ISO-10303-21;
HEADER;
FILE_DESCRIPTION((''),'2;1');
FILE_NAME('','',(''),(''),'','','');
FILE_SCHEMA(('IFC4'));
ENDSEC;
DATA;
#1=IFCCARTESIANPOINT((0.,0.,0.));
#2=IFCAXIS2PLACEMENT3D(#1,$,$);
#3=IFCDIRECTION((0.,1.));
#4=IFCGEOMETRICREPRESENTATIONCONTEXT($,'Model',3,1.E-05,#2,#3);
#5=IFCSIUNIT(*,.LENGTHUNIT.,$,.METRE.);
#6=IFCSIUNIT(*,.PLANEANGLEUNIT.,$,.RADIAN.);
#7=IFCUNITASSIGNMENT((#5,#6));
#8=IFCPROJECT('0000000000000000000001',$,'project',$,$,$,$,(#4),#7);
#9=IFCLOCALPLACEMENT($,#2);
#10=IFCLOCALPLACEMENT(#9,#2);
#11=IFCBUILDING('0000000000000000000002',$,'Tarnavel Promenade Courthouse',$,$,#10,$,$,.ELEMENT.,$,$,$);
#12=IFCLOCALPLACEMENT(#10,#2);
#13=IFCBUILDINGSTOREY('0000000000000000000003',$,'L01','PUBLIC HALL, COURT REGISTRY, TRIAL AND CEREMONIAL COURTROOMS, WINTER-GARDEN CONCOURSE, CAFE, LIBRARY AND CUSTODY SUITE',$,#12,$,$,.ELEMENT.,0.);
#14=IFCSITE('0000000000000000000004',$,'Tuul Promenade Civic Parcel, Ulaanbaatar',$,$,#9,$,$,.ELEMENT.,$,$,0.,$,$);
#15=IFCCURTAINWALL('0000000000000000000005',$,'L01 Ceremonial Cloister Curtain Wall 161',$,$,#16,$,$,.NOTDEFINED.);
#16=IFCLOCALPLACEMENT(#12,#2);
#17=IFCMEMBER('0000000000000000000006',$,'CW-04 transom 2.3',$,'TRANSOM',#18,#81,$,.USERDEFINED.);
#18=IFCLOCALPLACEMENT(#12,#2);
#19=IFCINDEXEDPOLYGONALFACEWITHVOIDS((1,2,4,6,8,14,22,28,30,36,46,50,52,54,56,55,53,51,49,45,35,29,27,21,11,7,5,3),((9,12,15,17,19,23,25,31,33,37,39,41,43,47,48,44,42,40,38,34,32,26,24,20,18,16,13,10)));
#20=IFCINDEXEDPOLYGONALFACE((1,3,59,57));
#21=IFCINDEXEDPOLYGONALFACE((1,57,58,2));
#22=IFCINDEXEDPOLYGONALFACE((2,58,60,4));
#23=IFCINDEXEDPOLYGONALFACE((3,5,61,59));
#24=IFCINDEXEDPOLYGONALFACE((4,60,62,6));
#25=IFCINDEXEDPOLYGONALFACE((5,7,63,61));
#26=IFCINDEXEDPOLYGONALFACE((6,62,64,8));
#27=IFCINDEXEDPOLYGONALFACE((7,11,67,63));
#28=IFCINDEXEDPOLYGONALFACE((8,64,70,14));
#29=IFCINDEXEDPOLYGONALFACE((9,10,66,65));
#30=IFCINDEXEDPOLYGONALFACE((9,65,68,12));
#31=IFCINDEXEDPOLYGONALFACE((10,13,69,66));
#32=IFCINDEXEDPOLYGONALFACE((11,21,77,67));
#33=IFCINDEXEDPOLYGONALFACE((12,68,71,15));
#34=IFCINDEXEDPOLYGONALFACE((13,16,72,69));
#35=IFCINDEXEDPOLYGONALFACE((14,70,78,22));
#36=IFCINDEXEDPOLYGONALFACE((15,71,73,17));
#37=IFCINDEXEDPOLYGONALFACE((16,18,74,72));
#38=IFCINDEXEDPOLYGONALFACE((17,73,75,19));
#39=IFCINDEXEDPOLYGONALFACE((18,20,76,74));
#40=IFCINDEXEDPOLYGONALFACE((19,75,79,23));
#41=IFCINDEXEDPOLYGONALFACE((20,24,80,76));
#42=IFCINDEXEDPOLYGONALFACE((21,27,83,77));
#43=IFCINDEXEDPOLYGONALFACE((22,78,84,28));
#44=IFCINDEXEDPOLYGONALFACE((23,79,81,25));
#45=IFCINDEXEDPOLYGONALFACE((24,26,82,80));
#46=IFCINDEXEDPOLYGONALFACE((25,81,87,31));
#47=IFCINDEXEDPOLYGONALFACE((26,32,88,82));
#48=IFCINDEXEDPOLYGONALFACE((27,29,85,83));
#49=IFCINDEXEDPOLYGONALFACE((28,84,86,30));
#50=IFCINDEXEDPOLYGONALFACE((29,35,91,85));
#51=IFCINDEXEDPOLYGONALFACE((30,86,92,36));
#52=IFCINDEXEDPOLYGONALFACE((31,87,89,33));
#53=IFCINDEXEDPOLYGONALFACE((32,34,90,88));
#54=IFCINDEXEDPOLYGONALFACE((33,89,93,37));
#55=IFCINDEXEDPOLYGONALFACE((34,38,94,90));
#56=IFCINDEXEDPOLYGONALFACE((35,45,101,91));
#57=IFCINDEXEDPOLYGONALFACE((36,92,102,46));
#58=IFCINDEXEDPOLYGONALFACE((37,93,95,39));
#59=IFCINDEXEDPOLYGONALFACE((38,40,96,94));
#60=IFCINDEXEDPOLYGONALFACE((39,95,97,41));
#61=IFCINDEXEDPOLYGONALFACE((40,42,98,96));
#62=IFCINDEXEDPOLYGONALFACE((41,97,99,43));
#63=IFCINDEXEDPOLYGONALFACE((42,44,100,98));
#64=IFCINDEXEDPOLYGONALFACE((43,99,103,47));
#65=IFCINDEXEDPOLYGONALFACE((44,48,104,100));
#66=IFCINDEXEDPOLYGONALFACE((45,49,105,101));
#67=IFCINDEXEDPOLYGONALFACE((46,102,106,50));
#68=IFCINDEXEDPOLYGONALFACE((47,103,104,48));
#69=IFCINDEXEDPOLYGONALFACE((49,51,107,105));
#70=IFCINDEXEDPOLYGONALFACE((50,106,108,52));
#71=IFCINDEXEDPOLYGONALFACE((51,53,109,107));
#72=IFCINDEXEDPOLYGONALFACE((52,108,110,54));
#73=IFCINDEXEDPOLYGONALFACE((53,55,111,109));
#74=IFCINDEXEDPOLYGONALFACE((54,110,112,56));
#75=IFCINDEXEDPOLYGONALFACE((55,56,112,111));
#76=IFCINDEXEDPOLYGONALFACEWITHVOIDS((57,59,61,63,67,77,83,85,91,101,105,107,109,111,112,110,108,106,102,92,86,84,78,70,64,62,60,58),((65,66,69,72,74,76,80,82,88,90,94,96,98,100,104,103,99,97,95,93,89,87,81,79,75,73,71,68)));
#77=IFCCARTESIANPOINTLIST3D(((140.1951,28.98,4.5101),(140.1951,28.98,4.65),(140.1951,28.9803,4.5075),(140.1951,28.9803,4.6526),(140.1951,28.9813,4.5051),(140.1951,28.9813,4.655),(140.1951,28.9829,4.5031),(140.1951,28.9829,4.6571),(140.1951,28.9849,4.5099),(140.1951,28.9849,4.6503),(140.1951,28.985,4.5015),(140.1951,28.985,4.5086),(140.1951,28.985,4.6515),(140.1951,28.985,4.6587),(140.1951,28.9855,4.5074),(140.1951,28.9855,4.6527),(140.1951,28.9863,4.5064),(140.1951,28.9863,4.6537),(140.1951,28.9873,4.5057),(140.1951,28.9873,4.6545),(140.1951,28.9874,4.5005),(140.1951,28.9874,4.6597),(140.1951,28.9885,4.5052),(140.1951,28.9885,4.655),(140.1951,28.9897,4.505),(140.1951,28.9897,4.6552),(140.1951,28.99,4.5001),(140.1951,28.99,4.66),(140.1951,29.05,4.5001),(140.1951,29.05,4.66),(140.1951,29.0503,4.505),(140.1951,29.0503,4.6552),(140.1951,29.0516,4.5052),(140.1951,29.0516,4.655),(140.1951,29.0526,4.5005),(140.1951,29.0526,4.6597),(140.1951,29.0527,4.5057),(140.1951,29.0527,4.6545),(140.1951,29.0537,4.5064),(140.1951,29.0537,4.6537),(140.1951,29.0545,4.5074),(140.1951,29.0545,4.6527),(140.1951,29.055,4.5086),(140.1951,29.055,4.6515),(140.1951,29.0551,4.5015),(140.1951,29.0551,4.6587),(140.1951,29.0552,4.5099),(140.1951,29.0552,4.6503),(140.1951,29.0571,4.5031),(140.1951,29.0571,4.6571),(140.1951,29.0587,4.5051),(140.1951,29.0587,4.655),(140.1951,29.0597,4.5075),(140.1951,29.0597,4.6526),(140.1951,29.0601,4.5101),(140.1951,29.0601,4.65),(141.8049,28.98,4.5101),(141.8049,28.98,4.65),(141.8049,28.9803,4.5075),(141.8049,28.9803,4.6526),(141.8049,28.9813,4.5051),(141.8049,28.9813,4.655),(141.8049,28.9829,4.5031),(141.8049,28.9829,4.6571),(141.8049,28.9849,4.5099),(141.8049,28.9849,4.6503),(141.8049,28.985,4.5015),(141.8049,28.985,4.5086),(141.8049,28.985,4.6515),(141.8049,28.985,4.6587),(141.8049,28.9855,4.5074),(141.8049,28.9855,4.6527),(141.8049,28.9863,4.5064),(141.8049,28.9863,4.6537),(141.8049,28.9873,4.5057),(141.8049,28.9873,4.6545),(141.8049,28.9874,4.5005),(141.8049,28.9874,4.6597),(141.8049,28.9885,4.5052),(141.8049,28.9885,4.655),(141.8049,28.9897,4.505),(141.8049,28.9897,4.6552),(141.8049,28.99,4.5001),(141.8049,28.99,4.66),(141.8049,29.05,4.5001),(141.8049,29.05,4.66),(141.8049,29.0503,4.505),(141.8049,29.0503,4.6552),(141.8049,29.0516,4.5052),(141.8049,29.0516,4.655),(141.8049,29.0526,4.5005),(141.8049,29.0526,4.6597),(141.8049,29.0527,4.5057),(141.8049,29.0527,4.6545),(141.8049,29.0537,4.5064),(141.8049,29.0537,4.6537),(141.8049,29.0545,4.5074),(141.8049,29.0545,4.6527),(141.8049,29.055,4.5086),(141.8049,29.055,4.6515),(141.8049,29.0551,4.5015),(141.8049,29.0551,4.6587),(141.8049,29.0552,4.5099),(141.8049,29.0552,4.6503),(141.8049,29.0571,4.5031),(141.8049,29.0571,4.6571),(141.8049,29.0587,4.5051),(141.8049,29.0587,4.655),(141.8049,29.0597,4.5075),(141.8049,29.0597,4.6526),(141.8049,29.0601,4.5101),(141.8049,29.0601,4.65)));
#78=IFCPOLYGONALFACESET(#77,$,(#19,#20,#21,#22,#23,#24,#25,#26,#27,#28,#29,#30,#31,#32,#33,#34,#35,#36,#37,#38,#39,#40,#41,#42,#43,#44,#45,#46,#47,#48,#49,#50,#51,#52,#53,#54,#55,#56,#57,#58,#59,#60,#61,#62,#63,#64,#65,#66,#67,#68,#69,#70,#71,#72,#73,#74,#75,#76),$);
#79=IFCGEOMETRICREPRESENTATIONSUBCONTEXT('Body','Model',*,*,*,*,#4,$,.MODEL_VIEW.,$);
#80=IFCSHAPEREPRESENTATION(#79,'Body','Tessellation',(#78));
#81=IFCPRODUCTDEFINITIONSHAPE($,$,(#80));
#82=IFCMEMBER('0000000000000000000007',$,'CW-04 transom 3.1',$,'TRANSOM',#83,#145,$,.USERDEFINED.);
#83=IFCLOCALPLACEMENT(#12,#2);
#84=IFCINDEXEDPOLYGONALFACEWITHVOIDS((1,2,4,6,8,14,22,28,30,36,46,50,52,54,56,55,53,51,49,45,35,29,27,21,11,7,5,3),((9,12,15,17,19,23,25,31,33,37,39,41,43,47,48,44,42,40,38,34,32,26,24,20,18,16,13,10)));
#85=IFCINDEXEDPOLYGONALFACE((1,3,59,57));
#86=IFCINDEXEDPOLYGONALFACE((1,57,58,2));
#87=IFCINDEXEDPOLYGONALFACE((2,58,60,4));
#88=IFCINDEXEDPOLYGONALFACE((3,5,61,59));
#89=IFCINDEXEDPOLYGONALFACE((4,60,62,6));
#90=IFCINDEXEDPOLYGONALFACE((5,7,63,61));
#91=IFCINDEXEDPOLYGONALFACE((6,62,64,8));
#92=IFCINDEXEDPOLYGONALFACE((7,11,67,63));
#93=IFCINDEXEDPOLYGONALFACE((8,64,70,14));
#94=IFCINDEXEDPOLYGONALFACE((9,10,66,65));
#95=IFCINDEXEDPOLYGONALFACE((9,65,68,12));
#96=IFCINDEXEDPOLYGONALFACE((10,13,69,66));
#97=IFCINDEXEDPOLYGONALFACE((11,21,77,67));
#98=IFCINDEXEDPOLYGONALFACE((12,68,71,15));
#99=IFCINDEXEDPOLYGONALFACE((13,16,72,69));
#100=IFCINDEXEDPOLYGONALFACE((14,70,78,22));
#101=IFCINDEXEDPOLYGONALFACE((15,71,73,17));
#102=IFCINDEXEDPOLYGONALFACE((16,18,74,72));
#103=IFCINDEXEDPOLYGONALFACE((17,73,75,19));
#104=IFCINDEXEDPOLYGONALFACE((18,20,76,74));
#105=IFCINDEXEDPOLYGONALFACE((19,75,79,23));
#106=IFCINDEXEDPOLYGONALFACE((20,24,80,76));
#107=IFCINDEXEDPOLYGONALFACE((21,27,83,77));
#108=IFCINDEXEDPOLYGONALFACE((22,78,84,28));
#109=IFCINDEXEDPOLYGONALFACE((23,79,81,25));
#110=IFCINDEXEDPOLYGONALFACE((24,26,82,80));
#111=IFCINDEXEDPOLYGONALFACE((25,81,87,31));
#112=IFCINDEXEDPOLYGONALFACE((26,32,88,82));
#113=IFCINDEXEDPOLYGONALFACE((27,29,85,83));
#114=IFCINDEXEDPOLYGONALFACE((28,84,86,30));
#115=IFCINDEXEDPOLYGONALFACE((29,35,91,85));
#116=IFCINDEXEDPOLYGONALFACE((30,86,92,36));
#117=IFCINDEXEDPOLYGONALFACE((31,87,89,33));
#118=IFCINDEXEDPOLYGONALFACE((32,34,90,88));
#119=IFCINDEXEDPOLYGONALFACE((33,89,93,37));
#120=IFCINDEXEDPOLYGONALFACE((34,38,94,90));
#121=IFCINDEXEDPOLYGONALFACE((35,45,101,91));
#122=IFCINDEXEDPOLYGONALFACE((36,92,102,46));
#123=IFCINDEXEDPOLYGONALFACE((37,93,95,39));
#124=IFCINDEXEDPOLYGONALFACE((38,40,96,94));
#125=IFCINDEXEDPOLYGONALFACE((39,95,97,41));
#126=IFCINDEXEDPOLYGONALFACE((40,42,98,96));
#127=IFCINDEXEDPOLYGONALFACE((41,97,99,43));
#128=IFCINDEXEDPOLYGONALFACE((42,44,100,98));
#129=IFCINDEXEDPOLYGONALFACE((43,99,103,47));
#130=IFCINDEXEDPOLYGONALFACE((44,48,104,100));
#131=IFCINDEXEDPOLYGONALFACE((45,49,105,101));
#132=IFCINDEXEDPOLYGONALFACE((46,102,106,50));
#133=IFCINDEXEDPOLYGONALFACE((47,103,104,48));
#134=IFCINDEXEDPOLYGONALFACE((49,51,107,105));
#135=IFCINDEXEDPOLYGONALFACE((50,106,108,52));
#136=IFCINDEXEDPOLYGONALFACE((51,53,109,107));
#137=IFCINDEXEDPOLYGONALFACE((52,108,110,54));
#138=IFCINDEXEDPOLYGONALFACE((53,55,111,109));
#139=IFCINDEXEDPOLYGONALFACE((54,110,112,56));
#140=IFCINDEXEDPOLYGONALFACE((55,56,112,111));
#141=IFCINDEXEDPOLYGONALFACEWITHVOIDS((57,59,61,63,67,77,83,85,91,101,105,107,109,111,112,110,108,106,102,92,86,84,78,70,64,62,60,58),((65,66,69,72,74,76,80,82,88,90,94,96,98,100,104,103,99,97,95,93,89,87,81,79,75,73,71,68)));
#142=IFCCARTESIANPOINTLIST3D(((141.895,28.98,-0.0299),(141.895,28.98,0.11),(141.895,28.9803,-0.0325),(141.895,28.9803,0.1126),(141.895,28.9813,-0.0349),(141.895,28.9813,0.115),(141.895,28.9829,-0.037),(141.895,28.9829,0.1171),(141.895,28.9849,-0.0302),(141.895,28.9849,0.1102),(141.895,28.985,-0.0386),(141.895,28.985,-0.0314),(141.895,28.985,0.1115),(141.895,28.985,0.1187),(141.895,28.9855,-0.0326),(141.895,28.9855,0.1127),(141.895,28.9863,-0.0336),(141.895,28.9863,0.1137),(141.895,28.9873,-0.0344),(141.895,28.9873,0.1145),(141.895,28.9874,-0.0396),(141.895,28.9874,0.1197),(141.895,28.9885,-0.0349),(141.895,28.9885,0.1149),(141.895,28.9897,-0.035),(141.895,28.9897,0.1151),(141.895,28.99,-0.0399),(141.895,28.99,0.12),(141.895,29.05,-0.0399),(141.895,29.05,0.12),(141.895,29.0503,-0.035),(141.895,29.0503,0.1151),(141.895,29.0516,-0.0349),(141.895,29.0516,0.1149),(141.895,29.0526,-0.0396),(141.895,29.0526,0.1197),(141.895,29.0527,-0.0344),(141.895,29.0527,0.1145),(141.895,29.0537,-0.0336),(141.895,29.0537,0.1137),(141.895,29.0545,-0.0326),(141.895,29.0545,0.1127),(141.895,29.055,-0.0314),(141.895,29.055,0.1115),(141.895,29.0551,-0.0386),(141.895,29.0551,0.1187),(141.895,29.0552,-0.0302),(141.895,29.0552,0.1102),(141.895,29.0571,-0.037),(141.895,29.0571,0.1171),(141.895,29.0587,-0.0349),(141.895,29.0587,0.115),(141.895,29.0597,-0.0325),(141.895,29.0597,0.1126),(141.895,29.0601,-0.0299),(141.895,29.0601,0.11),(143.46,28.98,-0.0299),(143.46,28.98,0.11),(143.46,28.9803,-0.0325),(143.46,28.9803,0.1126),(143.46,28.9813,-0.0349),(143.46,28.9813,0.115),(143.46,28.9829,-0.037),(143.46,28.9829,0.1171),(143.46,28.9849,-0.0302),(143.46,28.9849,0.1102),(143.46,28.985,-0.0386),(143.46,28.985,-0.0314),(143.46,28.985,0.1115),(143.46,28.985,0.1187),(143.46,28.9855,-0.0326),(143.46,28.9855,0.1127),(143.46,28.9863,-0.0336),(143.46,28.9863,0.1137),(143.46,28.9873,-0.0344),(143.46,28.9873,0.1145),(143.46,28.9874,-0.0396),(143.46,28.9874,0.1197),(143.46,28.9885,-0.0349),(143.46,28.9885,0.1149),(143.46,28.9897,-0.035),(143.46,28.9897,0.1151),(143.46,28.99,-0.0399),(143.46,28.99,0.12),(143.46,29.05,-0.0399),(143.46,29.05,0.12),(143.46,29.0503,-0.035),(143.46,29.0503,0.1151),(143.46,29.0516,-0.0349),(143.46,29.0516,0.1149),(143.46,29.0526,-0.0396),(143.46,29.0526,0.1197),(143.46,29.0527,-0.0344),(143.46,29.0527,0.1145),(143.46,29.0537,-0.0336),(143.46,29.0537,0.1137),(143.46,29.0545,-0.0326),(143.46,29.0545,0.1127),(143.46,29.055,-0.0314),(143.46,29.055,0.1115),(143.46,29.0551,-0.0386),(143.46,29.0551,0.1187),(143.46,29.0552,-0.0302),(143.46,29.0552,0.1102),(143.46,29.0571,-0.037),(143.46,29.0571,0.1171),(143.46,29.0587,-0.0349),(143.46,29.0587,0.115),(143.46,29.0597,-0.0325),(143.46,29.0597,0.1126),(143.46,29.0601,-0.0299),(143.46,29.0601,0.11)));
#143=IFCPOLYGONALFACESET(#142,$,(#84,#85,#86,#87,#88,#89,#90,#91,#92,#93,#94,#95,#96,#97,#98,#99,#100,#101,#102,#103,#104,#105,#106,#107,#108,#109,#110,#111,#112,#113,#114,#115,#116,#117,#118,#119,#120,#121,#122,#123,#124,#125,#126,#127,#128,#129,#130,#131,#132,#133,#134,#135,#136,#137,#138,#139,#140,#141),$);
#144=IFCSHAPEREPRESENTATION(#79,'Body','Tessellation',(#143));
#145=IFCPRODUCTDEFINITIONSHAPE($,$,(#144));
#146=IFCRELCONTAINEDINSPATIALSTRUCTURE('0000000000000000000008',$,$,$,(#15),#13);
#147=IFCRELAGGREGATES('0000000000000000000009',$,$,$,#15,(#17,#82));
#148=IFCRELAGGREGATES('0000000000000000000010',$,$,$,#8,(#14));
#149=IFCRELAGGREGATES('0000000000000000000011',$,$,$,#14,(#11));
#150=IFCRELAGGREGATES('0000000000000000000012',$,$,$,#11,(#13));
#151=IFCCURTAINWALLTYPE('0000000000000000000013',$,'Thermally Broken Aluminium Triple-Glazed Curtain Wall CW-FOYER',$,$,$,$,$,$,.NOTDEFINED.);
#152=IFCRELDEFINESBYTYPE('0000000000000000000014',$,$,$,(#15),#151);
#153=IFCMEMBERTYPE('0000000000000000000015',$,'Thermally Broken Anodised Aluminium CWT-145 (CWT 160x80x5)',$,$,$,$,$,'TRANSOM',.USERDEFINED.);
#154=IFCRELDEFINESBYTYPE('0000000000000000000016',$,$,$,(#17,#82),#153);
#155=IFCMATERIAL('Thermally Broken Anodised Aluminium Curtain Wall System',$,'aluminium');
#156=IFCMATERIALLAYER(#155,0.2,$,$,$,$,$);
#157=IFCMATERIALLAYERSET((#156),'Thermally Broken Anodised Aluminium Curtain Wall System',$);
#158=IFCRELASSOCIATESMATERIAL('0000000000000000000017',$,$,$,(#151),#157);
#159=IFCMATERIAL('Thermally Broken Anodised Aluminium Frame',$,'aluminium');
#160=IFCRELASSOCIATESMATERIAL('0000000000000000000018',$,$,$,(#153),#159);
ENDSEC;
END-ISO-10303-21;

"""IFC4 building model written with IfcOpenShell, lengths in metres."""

from ifc_helpers import new_model, si_unit, direction, frame, origin, origin_2d, place, context, subcontext, project, spatial, hollow_rectangle, extrude, material, layer, layer_set, material_profile, profile_set, type_object, element, aggregate, save


model = new_model("IFC4")

# Units and contexts
model_context = context("Model", 3, precision=1e-05, world=origin(), true_north=direction((0.0, 1.0)))
body_context = subcontext(model_context, "Body", "Model", "MODEL_VIEW")
ifc_project = project(units=[si_unit("LENGTHUNIT", "METRE"), si_unit("PLANEANGLEUNIT", "RADIAN")], contexts=[model_context])

# Site, building, storey
site_placement = place(None, origin())
site = spatial("IfcSite", under=ifc_project, at=site_placement, Name="Tuul Promenade Civic Parcel, Ulaanbaatar", CompositionType="ELEMENT", RefElevation=0.0)
building_placement = place(site_placement, origin())
building = spatial("IfcBuilding", under=site, at=building_placement, Name="Tarnavel Promenade Courthouse", CompositionType="ELEMENT")
storey_placement = place(building_placement, origin())
storey = spatial("IfcBuildingStorey", under=building, at=storey_placement, Name="L01", Description="PUBLIC HALL, COURT REGISTRY, TRIAL AND CEREMONIAL COURTROOMS, WINTER-GARDEN CONCOURSE, CAFE, LIBRARY AND CUSTODY SUITE", CompositionType="ELEMENT", Elevation=0.0)

# Curtain wall
ifc_material_1 = material(Name="Thermally Broken Anodised Aluminium Curtain Wall System", Category="aluminium")
ifc_layer_1 = layer(ifc_material_1, 0.2)
ifc_layer_set_1 = layer_set([ifc_layer_1], Name="Thermally Broken Anodised Aluminium Curtain Wall System")
curtain_wall_type = type_object("IfcCurtainWallType", Name="Thermally Broken Aluminium Triple-Glazed Curtain Wall CW-FOYER", PredefinedType="NOTDEFINED", material=ifc_layer_set_1)
ifc_material_2 = material(Name="Thermally Broken Anodised Aluminium Frame", Category="aluminium")
curtain_wall_1_placement = place(storey_placement, origin())
curtain_wall_1 = element("IfcCurtainWall", 1, at=curtain_wall_1_placement, inside=storey, type_object=curtain_wall_type, Name="L01 Ceremonial Cloister Curtain Wall 161", PredefinedType="NOTDEFINED")

# Members
ifc_material_profile_1 = material_profile(ifc_material_2, hollow_rectangle(XDim=0.0801, YDim=0.1599, WallThickness=0.0049, InnerFilletRadius=0.0049, OuterFilletRadius=0.01, at=origin_2d()), Name="CWT 160x80x5")
ifc_profile_set_1 = profile_set([ifc_material_profile_1], Name="Thermally Broken Anodised Aluminium Frame")
member_type_1 = type_object("IfcMemberType", Name="Thermally Broken Anodised Aluminium CWT-145 (CWT 160x80x5)", ElementType="TRANSOM", PredefinedType="USERDEFINED", material=ifc_profile_set_1)
member_1_placement = place(storey_placement, frame((140.1951, 29.02, 4.5801), z_axis=(1.0, 0.0, 0.0), x_axis=(0.0, 1.0, 0.0)))
member_1 = element("IfcMember", 2, at=member_1_placement, type_object=member_type_1, Name="CW-04 transom 2.3", ObjectType="TRANSOM", PredefinedType="USERDEFINED", context=body_context, shape_type="SweptSolid", body=[
    extrude(hollow_rectangle(XDim=0.0801, YDim=0.1599, WallThickness=0.0049, InnerFilletRadius=0.0049, OuterFilletRadius=0.01, at=origin_2d()), origin(), (0.0, 0.0, 1.0), 1.6099),
])
member_2_placement = place(storey_placement, frame((141.895, 29.02, 0.04), z_axis=(1.0, 0.0, 0.0), x_axis=(0.0, 1.0, 0.0)))
member_2 = element("IfcMember", 3, at=member_2_placement, type_object=member_type_1, Name="CW-04 transom 3.1", ObjectType="TRANSOM", PredefinedType="USERDEFINED", context=body_context, shape_type="SweptSolid", body=[
    extrude(hollow_rectangle(XDim=0.0801, YDim=0.1599, WallThickness=0.0049, InnerFilletRadius=0.0049, OuterFilletRadius=0.01, at=origin_2d()), origin(), (0.0, 0.0, 1.0), 1.5649),
])

aggregate(curtain_wall_1, [member_1, member_2])

save(model, "model.ifc")
